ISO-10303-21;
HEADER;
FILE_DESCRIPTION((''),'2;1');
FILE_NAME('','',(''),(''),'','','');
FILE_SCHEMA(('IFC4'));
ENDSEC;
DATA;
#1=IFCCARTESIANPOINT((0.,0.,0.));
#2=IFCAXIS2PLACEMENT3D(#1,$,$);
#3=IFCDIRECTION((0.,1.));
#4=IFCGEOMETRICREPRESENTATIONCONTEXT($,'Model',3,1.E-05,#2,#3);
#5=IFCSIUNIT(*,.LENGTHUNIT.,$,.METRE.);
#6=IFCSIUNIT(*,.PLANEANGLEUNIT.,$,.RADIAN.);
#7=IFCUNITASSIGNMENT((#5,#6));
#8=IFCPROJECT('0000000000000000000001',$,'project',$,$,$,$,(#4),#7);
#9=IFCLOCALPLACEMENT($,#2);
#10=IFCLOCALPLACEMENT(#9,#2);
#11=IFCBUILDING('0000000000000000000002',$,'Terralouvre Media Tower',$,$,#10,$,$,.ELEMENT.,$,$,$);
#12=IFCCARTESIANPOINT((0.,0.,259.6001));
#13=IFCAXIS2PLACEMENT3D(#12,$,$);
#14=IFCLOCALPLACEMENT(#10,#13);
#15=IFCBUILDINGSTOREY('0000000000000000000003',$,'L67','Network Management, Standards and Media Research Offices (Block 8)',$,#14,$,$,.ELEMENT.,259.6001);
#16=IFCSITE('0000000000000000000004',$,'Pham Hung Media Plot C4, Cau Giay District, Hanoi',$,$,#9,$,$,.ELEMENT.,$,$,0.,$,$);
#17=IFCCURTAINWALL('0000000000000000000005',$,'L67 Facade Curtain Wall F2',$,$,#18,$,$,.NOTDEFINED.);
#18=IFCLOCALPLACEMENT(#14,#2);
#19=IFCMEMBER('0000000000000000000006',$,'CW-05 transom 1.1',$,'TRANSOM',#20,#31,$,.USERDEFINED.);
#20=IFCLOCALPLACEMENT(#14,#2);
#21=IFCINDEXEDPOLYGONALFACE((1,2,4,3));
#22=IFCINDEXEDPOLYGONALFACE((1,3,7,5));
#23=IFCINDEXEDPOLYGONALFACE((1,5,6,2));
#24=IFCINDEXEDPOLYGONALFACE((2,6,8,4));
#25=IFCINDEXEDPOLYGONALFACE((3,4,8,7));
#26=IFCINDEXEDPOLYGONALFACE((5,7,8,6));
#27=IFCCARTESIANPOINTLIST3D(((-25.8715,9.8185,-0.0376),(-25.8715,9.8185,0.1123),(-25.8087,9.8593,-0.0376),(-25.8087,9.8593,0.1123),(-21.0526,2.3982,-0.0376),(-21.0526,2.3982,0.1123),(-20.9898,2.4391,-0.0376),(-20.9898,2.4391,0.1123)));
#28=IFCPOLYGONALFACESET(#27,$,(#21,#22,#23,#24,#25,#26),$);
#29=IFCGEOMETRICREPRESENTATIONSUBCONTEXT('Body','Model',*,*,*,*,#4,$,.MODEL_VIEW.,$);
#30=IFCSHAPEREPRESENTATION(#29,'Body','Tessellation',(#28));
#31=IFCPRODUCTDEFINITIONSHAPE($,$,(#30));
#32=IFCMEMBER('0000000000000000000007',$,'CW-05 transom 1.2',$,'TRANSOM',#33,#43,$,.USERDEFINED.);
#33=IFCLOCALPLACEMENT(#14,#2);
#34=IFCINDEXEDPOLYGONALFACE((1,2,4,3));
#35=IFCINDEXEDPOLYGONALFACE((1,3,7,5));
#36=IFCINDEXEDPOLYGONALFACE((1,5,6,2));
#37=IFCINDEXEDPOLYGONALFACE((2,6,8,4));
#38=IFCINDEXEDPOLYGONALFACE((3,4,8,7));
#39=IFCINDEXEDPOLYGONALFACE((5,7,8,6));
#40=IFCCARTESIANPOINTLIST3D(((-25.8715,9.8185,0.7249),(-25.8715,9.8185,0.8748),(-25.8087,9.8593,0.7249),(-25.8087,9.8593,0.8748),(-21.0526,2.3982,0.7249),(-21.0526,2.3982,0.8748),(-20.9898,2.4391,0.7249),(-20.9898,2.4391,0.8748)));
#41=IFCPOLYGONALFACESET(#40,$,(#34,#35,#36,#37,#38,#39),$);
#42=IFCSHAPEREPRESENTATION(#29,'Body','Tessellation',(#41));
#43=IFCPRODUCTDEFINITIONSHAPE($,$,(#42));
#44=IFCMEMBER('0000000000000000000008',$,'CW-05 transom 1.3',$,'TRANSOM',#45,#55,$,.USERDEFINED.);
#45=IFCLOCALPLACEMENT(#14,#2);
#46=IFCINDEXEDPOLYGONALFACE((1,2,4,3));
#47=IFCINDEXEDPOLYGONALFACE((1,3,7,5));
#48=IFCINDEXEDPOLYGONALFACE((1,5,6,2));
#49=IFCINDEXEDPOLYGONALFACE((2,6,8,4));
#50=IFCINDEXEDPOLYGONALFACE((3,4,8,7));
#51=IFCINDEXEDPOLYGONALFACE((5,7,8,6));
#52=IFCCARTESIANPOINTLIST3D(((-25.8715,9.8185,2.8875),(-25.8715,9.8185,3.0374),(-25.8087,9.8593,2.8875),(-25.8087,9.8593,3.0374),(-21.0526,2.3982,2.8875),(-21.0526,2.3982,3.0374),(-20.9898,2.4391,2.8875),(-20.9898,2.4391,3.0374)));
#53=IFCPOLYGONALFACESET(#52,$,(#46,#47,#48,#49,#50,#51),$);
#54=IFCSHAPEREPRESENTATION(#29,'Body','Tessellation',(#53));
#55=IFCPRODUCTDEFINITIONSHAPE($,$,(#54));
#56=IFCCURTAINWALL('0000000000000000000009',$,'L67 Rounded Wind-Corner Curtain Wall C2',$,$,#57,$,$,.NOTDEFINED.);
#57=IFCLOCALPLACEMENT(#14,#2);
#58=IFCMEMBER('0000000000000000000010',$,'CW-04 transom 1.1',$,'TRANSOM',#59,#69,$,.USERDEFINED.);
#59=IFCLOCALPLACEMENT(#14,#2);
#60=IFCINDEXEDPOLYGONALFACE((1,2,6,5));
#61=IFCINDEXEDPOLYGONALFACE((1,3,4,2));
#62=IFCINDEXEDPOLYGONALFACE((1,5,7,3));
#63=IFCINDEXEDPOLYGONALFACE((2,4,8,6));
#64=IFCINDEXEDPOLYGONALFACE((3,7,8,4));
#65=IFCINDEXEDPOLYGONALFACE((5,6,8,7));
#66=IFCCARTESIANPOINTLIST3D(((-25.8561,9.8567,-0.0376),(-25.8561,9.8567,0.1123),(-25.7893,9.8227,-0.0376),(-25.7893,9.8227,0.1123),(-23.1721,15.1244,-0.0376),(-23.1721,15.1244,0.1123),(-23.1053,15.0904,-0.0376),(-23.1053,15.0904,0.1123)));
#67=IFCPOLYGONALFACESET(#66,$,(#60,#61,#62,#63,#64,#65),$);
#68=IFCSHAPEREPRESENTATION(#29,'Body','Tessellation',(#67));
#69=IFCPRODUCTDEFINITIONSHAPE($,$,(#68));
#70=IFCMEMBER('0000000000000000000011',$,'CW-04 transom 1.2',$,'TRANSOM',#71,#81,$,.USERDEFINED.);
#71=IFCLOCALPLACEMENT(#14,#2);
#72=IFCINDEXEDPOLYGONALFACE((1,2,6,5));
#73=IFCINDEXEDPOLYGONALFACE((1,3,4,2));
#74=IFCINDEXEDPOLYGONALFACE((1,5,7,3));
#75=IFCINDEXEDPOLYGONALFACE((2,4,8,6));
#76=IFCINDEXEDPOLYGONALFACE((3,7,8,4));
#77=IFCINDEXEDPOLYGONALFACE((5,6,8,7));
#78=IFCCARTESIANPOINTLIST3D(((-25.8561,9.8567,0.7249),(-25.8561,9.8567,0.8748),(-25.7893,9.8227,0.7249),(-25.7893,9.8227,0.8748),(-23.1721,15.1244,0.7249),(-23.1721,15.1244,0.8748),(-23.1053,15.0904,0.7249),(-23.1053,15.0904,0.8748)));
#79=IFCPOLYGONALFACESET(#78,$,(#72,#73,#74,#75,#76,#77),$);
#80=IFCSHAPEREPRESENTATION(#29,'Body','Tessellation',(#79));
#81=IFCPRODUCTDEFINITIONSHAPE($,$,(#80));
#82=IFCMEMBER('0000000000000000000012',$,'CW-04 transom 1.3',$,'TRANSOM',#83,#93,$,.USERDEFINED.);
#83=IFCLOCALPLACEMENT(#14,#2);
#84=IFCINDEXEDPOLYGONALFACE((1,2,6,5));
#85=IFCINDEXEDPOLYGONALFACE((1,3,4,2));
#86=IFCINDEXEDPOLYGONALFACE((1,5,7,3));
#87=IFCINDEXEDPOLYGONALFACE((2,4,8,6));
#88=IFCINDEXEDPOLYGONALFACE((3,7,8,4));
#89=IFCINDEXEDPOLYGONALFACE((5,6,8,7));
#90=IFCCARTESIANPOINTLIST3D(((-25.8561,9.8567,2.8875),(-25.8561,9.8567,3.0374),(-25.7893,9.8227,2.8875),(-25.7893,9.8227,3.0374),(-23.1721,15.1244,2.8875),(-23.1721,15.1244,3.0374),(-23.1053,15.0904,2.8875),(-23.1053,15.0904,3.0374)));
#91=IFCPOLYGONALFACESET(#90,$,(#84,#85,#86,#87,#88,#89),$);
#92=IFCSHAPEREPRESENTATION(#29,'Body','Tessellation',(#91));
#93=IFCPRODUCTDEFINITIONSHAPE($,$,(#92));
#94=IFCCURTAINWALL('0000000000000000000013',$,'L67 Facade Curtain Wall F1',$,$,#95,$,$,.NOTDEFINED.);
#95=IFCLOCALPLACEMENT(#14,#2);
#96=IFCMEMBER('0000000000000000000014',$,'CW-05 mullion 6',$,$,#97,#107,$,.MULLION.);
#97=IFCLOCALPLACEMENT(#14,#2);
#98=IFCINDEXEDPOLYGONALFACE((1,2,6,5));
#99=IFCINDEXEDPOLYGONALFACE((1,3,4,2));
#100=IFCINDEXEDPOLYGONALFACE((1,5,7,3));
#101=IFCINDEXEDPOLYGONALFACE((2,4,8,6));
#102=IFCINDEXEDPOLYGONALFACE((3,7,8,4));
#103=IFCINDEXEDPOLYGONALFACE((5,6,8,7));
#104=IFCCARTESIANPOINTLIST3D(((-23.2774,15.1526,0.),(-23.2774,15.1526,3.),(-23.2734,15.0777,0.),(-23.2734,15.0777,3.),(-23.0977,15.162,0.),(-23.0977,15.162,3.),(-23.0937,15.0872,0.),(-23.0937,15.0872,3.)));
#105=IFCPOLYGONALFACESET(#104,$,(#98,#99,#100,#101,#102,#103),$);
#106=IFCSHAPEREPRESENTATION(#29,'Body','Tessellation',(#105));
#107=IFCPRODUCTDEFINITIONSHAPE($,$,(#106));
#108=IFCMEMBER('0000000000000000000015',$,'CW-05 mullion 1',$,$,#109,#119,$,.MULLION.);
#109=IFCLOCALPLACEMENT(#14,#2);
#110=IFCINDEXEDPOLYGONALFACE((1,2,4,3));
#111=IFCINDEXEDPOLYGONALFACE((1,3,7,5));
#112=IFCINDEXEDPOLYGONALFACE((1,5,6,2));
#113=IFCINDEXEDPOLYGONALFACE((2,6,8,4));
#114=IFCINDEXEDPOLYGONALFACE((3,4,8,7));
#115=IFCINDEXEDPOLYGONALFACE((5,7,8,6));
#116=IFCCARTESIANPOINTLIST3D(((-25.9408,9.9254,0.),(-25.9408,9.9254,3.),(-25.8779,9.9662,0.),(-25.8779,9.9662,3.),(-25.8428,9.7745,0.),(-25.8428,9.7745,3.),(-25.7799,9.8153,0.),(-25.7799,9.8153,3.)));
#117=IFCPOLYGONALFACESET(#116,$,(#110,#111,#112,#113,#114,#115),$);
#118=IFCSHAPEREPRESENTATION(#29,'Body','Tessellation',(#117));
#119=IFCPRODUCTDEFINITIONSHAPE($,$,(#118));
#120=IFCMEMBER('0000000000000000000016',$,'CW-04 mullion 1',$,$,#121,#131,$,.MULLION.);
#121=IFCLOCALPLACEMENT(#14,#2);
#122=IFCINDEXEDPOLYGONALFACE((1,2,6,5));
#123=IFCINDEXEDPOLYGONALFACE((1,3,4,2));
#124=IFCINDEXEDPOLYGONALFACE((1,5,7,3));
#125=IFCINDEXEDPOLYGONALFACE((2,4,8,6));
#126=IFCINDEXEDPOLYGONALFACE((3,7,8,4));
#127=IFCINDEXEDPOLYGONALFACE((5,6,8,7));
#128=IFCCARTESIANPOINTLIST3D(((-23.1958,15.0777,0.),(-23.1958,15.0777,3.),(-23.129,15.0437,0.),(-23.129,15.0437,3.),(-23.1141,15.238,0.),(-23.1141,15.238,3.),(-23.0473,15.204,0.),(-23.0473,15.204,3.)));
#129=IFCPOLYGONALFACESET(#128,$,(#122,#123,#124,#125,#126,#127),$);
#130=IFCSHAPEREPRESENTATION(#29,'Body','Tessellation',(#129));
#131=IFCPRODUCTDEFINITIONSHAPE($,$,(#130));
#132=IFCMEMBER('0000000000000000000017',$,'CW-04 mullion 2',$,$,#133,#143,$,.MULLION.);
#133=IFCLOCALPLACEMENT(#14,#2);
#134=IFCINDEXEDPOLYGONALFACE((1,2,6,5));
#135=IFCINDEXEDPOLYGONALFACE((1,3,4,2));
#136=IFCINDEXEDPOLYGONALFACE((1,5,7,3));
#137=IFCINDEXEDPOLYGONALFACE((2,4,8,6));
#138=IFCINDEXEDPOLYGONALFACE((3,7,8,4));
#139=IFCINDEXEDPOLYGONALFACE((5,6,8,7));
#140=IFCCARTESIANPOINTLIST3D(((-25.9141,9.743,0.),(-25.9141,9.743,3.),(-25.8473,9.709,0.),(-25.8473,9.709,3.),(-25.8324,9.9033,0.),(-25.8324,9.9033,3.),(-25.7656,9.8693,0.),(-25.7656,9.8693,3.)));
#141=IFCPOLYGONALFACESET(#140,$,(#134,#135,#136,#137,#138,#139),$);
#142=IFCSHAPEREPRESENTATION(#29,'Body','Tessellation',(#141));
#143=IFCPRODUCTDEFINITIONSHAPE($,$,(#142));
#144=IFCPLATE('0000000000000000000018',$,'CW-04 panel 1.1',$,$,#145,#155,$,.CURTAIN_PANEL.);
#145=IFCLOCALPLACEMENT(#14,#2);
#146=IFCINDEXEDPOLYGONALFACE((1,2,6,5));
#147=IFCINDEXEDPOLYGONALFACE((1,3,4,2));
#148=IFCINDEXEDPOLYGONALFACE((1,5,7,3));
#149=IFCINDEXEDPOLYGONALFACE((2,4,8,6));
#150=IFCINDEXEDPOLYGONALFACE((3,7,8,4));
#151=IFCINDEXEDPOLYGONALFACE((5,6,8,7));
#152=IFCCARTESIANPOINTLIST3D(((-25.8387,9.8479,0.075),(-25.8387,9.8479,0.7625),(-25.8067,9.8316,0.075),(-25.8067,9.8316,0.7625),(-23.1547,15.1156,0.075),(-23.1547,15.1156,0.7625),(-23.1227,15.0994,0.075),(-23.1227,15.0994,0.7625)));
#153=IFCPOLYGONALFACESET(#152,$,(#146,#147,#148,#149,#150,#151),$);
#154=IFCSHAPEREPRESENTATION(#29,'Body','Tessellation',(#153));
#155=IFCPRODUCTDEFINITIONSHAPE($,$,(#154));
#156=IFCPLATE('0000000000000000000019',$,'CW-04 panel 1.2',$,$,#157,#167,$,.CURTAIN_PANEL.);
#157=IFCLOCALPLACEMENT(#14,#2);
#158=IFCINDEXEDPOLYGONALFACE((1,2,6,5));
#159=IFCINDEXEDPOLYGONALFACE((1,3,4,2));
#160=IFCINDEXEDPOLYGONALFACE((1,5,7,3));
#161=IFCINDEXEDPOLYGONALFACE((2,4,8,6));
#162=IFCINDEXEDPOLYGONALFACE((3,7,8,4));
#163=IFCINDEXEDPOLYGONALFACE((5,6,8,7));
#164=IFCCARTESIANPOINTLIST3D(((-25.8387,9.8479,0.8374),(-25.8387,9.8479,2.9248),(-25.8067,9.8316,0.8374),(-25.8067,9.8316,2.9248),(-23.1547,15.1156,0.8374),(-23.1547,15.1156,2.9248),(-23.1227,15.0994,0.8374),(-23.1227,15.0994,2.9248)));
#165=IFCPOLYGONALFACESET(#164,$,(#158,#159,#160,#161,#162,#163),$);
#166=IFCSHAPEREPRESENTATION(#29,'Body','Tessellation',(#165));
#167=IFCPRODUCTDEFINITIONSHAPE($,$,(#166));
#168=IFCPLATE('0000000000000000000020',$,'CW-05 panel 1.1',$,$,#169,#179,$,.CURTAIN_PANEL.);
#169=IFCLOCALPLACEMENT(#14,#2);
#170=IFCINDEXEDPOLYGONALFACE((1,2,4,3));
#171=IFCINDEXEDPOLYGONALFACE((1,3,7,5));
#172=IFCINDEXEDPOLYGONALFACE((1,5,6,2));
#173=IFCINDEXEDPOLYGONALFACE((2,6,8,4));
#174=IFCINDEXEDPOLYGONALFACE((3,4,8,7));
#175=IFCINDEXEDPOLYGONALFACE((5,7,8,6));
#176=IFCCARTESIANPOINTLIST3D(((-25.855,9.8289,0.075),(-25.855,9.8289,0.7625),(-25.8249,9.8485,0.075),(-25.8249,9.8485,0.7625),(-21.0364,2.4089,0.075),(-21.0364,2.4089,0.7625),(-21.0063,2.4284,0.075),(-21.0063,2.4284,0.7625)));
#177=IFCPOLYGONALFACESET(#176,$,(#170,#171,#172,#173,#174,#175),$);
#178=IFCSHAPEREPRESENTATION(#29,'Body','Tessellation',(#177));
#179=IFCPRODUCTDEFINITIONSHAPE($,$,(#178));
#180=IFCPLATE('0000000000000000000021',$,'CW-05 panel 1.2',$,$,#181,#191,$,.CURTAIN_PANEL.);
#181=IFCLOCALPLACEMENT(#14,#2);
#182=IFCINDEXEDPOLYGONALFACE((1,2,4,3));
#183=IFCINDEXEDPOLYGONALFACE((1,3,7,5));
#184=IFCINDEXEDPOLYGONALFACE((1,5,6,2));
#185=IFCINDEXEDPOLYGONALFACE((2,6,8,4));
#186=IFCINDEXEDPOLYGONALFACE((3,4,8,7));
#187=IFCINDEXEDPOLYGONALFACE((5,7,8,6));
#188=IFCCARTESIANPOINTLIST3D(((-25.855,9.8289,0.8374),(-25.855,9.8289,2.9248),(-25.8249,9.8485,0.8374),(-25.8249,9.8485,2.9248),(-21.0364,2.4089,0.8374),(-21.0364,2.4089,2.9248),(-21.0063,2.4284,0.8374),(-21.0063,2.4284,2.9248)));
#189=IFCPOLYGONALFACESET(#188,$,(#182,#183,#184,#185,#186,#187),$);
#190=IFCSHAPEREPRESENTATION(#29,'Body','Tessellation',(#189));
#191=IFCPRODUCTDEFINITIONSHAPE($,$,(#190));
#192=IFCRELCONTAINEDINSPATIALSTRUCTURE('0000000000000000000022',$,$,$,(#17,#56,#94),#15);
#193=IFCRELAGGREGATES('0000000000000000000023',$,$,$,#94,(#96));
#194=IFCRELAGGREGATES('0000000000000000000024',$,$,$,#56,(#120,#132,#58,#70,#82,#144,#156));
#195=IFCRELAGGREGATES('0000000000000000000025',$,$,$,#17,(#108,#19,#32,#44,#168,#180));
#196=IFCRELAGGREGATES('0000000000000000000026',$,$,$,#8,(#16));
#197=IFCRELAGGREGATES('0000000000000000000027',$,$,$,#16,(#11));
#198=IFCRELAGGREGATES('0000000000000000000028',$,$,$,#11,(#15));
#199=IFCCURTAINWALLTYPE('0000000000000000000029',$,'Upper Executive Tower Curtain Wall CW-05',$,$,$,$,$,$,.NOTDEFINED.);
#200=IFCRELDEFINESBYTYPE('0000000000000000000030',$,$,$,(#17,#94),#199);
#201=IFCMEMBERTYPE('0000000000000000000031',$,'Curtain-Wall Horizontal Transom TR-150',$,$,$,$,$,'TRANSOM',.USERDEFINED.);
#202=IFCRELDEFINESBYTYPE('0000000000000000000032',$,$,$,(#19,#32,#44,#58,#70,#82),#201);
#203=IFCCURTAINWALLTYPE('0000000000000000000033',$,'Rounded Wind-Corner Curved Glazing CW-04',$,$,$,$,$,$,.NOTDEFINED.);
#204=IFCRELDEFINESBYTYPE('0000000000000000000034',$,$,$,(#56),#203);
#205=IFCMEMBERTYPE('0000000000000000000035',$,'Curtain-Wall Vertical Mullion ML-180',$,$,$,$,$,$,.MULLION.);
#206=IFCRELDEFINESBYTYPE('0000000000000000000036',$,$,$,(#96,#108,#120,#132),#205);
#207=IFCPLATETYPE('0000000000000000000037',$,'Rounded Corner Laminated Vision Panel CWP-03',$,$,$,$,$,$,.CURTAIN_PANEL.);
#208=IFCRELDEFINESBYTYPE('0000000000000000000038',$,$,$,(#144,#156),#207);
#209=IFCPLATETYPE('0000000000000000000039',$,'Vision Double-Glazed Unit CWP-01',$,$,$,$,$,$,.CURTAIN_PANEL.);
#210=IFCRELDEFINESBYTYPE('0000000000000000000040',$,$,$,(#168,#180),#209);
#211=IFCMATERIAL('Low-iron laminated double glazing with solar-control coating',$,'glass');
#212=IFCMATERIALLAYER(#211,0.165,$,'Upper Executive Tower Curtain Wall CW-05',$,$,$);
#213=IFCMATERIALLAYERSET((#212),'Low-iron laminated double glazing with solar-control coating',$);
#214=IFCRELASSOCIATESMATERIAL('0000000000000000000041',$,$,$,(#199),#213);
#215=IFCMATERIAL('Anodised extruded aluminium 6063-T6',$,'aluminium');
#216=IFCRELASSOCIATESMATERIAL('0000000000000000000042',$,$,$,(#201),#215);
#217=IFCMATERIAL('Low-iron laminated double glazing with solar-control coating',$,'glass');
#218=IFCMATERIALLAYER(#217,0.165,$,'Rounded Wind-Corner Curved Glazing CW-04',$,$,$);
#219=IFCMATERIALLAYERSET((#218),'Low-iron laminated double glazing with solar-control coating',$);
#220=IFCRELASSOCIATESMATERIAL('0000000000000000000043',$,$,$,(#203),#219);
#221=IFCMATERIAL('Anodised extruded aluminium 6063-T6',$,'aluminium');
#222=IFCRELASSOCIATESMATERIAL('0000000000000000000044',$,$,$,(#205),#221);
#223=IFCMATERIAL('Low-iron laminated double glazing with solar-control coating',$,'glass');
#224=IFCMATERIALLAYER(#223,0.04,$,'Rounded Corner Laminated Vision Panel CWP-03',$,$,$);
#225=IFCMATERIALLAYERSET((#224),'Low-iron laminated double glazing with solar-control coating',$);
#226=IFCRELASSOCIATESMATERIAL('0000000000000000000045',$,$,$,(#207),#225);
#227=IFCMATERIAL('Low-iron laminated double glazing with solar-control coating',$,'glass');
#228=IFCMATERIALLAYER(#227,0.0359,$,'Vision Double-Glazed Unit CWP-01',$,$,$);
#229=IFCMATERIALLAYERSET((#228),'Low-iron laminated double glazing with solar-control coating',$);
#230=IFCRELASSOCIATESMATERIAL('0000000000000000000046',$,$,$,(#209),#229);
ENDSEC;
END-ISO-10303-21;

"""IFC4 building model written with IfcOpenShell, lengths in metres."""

from ifc_helpers import new_model, si_unit, direction, frame, origin, origin_2d, place, context, subcontext, project, spatial, rectangle, extrude, material, layer, layer_set, material_profile, profile_set, type_object, element, aggregate, save


model = new_model("IFC4")

# Units and contexts
model_context = context("Model", 3, precision=1e-05, world=origin(), true_north=direction((0.0, 1.0)))
body_context = subcontext(model_context, "Body", "Model", "MODEL_VIEW")
ifc_project = project(units=[si_unit("LENGTHUNIT", "METRE"), si_unit("PLANEANGLEUNIT", "RADIAN")], contexts=[model_context])

# Site, building, storey
site_placement = place(None, origin())
site = spatial("IfcSite", under=ifc_project, at=site_placement, Name="Pham Hung Media Plot C4, Cau Giay District, Hanoi", CompositionType="ELEMENT", RefElevation=0.0)
building_placement = place(site_placement, origin())
building = spatial("IfcBuilding", under=site, at=building_placement, Name="Terralouvre Media Tower", CompositionType="ELEMENT")
storey_placement = place(building_placement, frame((0.0, 0.0, 259.6001)))
storey = spatial("IfcBuildingStorey", under=building, at=storey_placement, Name="L67", Description="Network Management, Standards and Media Research Offices (Block 8)", CompositionType="ELEMENT", Elevation=259.6001)

# Curtain walls, members
ifc_material_1 = material(Name="Low-iron laminated double glazing with solar-control coating", Category="glass")
ifc_layer_1 = layer(ifc_material_1, 0.165, Name="Upper Executive Tower Curtain Wall CW-05")
ifc_layer_set_1 = layer_set([ifc_layer_1], Name="Low-iron laminated double glazing with solar-control coating")
curtain_wall_type_1 = type_object("IfcCurtainWallType", Name="Upper Executive Tower Curtain Wall CW-05", PredefinedType="NOTDEFINED", material=ifc_layer_set_1)
curtain_wall_1_placement = place(storey_placement, origin())
curtain_wall_1 = element("IfcCurtainWall", 1, at=curtain_wall_1_placement, inside=storey, type_object=curtain_wall_type_1, Name="L67 Facade Curtain Wall F2", PredefinedType="NOTDEFINED")
ifc_material_2 = material(Name="Anodised extruded aluminium 6063-T6", Category="aluminium")
ifc_material_profile_1 = material_profile(ifc_material_2, rectangle(XDim=0.075, YDim=0.1499, at=origin_2d()), Name="ALU 75x150")
ifc_profile_set_1 = profile_set([ifc_material_profile_1], Name="Anodised extruded aluminium 6063-T6")
member_type_1 = type_object("IfcMemberType", Name="Curtain-Wall Horizontal Transom TR-150", ElementType="TRANSOM", PredefinedType="USERDEFINED", material=ifc_profile_set_1)
member_1_placement = place(storey_placement, frame((-25.8401, 9.8389, 0.0374), z_axis=(0.54465, -0.838664, 0.0), x_axis=(0.838664, 0.54465, 0.0)))
member_1 = element("IfcMember", 2, at=member_1_placement, type_object=member_type_1, Name="CW-05 transom 1.1", ObjectType="TRANSOM", PredefinedType="USERDEFINED", context=body_context, shape_type="SweptSolid", body=[
    extrude(rectangle(XDim=0.075, YDim=0.1499, at=origin_2d()), origin(), (0.0, 0.0, 1.0), 8.8477),
])
member_2_placement = place(storey_placement, frame((-25.8401, 9.8389, 0.7998), z_axis=(0.54465, -0.838664, 0.0), x_axis=(0.838664, 0.54465, 0.0)))
member_2 = element("IfcMember", 3, at=member_2_placement, type_object=member_type_1, Name="CW-05 transom 1.2", ObjectType="TRANSOM", PredefinedType="USERDEFINED", context=body_context, shape_type="SweptSolid", body=[
    extrude(rectangle(XDim=0.075, YDim=0.1499, at=origin_2d()), origin(), (0.0, 0.0, 1.0), 8.8477),
])
member_3_placement = place(storey_placement, frame((-25.8401, 9.8389, 2.9624), z_axis=(0.54465, -0.838664, 0.0), x_axis=(0.838664, 0.54465, 0.0)))
member_3 = element("IfcMember", 4, at=member_3_placement, type_object=member_type_1, Name="CW-05 transom 1.3", ObjectType="TRANSOM", PredefinedType="USERDEFINED", context=body_context, shape_type="SweptSolid", body=[
    extrude(rectangle(XDim=0.075, YDim=0.1499, at=origin_2d()), origin(), (0.0, 0.0, 1.0), 8.8477),
])
ifc_material_3 = material(Name="Low-iron laminated double glazing with solar-control coating", Category="glass")
ifc_layer_2 = layer(ifc_material_3, 0.165, Name="Rounded Wind-Corner Curved Glazing CW-04")
ifc_layer_set_2 = layer_set([ifc_layer_2], Name="Low-iron laminated double glazing with solar-control coating")
curtain_wall_type_2 = type_object("IfcCurtainWallType", Name="Rounded Wind-Corner Curved Glazing CW-04", PredefinedType="NOTDEFINED", material=ifc_layer_set_2)
curtain_wall_2_placement = place(storey_placement, origin())
curtain_wall_2 = element("IfcCurtainWall", 5, at=curtain_wall_2_placement, inside=storey, type_object=curtain_wall_type_2, Name="L67 Rounded Wind-Corner Curtain Wall C2", PredefinedType="NOTDEFINED")
member_4_placement = place(storey_placement, frame((-23.1387, 15.1074, 0.0374), z_axis=(-0.453989, -0.891007, 0.0), x_axis=(0.891007, -0.453989, 0.0)))
member_4 = element("IfcMember", 6, at=member_4_placement, type_object=member_type_1, Name="CW-04 transom 1.1", ObjectType="TRANSOM", PredefinedType="USERDEFINED", context=body_context, shape_type="SweptSolid", body=[
    extrude(rectangle(XDim=0.075, YDim=0.1499, at=origin_2d()), origin(), (0.0, 0.0, 1.0), 5.9121),
])
member_5_placement = place(storey_placement, frame((-23.1387, 15.1074, 0.7998), z_axis=(-0.453989, -0.891007, 0.0), x_axis=(0.891007, -0.453989, 0.0)))
member_5 = element("IfcMember", 7, at=member_5_placement, type_object=member_type_1, Name="CW-04 transom 1.2", ObjectType="TRANSOM", PredefinedType="USERDEFINED", context=body_context, shape_type="SweptSolid", body=[
    extrude(rectangle(XDim=0.075, YDim=0.1499, at=origin_2d()), origin(), (0.0, 0.0, 1.0), 5.9121),
])
member_6_placement = place(storey_placement, frame((-23.1387, 15.1074, 2.9624), z_axis=(-0.453989, -0.891007, 0.0), x_axis=(0.891007, -0.453989, 0.0)))
member_6 = element("IfcMember", 8, at=member_6_placement, type_object=member_type_1, Name="CW-04 transom 1.3", ObjectType="TRANSOM", PredefinedType="USERDEFINED", context=body_context, shape_type="SweptSolid", body=[
    extrude(rectangle(XDim=0.075, YDim=0.1499, at=origin_2d()), origin(), (0.0, 0.0, 1.0), 5.9121),
])

# Curtain wall, member
curtain_wall_3_placement = place(storey_placement, origin())
curtain_wall_3 = element("IfcCurtainWall", 9, at=curtain_wall_3_placement, inside=storey, type_object=curtain_wall_type_1, Name="L67 Facade Curtain Wall F1", PredefinedType="NOTDEFINED")
ifc_material_4 = material(Name="Anodised extruded aluminium 6063-T6", Category="aluminium")
ifc_material_profile_2 = material_profile(ifc_material_4, rectangle(XDim=0.075, YDim=0.1799, at=origin_2d()), Name="ALU 75x180")
ifc_profile_set_2 = profile_set([ifc_material_profile_2], Name="Anodised extruded aluminium 6063-T6")
member_type_2 = type_object("IfcMemberType", Name="Curtain-Wall Vertical Mullion ML-180", PredefinedType="MULLION", material=ifc_profile_set_2)
member_7_placement = place(storey_placement, frame((-23.1855, 15.1199, 0.0), z_axis=(0.0, 0.0, 1.0), x_axis=(0.052336, -0.99863, 0.0)))
member_7 = element("IfcMember", 10, at=member_7_placement, type_object=member_type_2, Name="CW-05 mullion 6", PredefinedType="MULLION", context=body_context, shape_type="SweptSolid", body=[
    extrude(rectangle(XDim=0.075, YDim=0.1799, at=origin_2d()), origin(), (0.0, 0.0, 1.0), 3.0),
])
aggregate(curtain_wall_3, [member_7])

# Members
member_8_placement = place(storey_placement, frame((-25.8604, 9.8704, 0.0), z_axis=(0.0, 0.0, 1.0), x_axis=(0.838671, 0.544639, 0.0)))
member_8 = element("IfcMember", 11, at=member_8_placement, type_object=member_type_2, Name="CW-05 mullion 1", PredefinedType="MULLION", context=body_context, shape_type="SweptSolid", body=[
    extrude(rectangle(XDim=0.075, YDim=0.1799, at=origin_2d()), origin(), (0.0, 0.0, 1.0), 3.0),
])
member_9_placement = place(storey_placement, frame((-23.1216, 15.1409, 0.0), z_axis=(0.0, 0.0, 1.0), x_axis=(0.891007, -0.45399, 0.0)))
member_9 = element("IfcMember", 12, at=member_9_placement, type_object=member_type_2, Name="CW-04 mullion 1", PredefinedType="MULLION", context=body_context, shape_type="SweptSolid", body=[
    extrude(rectangle(XDim=0.075, YDim=0.1799, at=origin_2d()), origin(), (0.0, 0.0, 1.0), 3.0),
])
member_10_placement = place(storey_placement, frame((-25.8398, 9.8062, 0.0), z_axis=(0.0, 0.0, 1.0), x_axis=(0.891007, -0.45399, 0.0)))
member_10 = element("IfcMember", 13, at=member_10_placement, type_object=member_type_2, Name="CW-04 mullion 2", PredefinedType="MULLION", context=body_context, shape_type="SweptSolid", body=[
    extrude(rectangle(XDim=0.075, YDim=0.1799, at=origin_2d()), origin(), (0.0, 0.0, 1.0), 3.0),
])

# Plates
ifc_material_5 = material(Name="Low-iron laminated double glazing with solar-control coating", Category="glass")
ifc_layer_3 = layer(ifc_material_5, 0.04, Name="Rounded Corner Laminated Vision Panel CWP-03")
ifc_layer_set_3 = layer_set([ifc_layer_3], Name="Low-iron laminated double glazing with solar-control coating")
plate_type_1 = type_object("IfcPlateType", Name="Rounded Corner Laminated Vision Panel CWP-03", PredefinedType="CURTAIN_PANEL", material=ifc_layer_set_3)
plate_1_placement = place(storey_placement, frame((-24.4807, 12.4736, 0.075), z_axis=(0.0, 0.0, 1.0), x_axis=(-0.45399, -0.891007, 0.0)))
plate_1 = element("IfcPlate", 14, at=plate_1_placement, type_object=plate_type_1, Name="CW-04 panel 1.1", PredefinedType="CURTAIN_PANEL", context=body_context, shape_type="SweptSolid", body=[
    extrude(rectangle(XDim=5.9121, YDim=0.0359, at=origin_2d()), origin(), (0.0, 0.0, 1.0), 0.6875),
])
plate_2_placement = place(storey_placement, frame((-24.4807, 12.4736, 0.8374), z_axis=(0.0, 0.0, 1.0), x_axis=(-0.45399, -0.891007, 0.0)))
plate_2 = element("IfcPlate", 15, at=plate_2_placement, type_object=plate_type_1, Name="CW-04 panel 1.2", PredefinedType="CURTAIN_PANEL", context=body_context, shape_type="SweptSolid", body=[
    extrude(rectangle(XDim=5.9121, YDim=0.0359, at=origin_2d()), origin(), (0.0, 0.0, 1.0), 2.0874),
])
aggregate(curtain_wall_2, [member_9, member_10, member_4, member_5, member_6, plate_1, plate_2])
ifc_material_6 = material(Name="Low-iron laminated double glazing with solar-control coating", Category="glass")
ifc_layer_4 = layer(ifc_material_6, 0.0359, Name="Vision Double-Glazed Unit CWP-01")
ifc_layer_set_4 = layer_set([ifc_layer_4], Name="Low-iron laminated double glazing with solar-control coating")
plate_type_2 = type_object("IfcPlateType", Name="Vision Double-Glazed Unit CWP-01", PredefinedType="CURTAIN_PANEL", material=ifc_layer_set_4)
plate_3_placement = place(storey_placement, frame((-23.4307, 6.1287, 0.075), z_axis=(0.0, 0.0, 1.0), x_axis=(0.544639, -0.838671, 0.0)))
plate_3 = element("IfcPlate", 16, at=plate_3_placement, type_object=plate_type_2, Name="CW-05 panel 1.1", PredefinedType="CURTAIN_PANEL", context=body_context, shape_type="SweptSolid", body=[
    extrude(rectangle(XDim=8.8474, YDim=0.0359, at=origin_2d()), origin(), (0.0, 0.0, 1.0), 0.6875),
])
plate_4_placement = place(storey_placement, frame((-23.4307, 6.1287, 0.8374), z_axis=(0.0, 0.0, 1.0), x_axis=(0.544639, -0.838671, 0.0)))
plate_4 = element("IfcPlate", 17, at=plate_4_placement, type_object=plate_type_2, Name="CW-05 panel 1.2", PredefinedType="CURTAIN_PANEL", context=body_context, shape_type="SweptSolid", body=[
    extrude(rectangle(XDim=8.8474, YDim=0.0359, at=origin_2d()), origin(), (0.0, 0.0, 1.0), 2.0874),
])
aggregate(curtain_wall_1, [member_8, member_1, member_2, member_3, plate_3, plate_4])

save(model, "model.ifc")
